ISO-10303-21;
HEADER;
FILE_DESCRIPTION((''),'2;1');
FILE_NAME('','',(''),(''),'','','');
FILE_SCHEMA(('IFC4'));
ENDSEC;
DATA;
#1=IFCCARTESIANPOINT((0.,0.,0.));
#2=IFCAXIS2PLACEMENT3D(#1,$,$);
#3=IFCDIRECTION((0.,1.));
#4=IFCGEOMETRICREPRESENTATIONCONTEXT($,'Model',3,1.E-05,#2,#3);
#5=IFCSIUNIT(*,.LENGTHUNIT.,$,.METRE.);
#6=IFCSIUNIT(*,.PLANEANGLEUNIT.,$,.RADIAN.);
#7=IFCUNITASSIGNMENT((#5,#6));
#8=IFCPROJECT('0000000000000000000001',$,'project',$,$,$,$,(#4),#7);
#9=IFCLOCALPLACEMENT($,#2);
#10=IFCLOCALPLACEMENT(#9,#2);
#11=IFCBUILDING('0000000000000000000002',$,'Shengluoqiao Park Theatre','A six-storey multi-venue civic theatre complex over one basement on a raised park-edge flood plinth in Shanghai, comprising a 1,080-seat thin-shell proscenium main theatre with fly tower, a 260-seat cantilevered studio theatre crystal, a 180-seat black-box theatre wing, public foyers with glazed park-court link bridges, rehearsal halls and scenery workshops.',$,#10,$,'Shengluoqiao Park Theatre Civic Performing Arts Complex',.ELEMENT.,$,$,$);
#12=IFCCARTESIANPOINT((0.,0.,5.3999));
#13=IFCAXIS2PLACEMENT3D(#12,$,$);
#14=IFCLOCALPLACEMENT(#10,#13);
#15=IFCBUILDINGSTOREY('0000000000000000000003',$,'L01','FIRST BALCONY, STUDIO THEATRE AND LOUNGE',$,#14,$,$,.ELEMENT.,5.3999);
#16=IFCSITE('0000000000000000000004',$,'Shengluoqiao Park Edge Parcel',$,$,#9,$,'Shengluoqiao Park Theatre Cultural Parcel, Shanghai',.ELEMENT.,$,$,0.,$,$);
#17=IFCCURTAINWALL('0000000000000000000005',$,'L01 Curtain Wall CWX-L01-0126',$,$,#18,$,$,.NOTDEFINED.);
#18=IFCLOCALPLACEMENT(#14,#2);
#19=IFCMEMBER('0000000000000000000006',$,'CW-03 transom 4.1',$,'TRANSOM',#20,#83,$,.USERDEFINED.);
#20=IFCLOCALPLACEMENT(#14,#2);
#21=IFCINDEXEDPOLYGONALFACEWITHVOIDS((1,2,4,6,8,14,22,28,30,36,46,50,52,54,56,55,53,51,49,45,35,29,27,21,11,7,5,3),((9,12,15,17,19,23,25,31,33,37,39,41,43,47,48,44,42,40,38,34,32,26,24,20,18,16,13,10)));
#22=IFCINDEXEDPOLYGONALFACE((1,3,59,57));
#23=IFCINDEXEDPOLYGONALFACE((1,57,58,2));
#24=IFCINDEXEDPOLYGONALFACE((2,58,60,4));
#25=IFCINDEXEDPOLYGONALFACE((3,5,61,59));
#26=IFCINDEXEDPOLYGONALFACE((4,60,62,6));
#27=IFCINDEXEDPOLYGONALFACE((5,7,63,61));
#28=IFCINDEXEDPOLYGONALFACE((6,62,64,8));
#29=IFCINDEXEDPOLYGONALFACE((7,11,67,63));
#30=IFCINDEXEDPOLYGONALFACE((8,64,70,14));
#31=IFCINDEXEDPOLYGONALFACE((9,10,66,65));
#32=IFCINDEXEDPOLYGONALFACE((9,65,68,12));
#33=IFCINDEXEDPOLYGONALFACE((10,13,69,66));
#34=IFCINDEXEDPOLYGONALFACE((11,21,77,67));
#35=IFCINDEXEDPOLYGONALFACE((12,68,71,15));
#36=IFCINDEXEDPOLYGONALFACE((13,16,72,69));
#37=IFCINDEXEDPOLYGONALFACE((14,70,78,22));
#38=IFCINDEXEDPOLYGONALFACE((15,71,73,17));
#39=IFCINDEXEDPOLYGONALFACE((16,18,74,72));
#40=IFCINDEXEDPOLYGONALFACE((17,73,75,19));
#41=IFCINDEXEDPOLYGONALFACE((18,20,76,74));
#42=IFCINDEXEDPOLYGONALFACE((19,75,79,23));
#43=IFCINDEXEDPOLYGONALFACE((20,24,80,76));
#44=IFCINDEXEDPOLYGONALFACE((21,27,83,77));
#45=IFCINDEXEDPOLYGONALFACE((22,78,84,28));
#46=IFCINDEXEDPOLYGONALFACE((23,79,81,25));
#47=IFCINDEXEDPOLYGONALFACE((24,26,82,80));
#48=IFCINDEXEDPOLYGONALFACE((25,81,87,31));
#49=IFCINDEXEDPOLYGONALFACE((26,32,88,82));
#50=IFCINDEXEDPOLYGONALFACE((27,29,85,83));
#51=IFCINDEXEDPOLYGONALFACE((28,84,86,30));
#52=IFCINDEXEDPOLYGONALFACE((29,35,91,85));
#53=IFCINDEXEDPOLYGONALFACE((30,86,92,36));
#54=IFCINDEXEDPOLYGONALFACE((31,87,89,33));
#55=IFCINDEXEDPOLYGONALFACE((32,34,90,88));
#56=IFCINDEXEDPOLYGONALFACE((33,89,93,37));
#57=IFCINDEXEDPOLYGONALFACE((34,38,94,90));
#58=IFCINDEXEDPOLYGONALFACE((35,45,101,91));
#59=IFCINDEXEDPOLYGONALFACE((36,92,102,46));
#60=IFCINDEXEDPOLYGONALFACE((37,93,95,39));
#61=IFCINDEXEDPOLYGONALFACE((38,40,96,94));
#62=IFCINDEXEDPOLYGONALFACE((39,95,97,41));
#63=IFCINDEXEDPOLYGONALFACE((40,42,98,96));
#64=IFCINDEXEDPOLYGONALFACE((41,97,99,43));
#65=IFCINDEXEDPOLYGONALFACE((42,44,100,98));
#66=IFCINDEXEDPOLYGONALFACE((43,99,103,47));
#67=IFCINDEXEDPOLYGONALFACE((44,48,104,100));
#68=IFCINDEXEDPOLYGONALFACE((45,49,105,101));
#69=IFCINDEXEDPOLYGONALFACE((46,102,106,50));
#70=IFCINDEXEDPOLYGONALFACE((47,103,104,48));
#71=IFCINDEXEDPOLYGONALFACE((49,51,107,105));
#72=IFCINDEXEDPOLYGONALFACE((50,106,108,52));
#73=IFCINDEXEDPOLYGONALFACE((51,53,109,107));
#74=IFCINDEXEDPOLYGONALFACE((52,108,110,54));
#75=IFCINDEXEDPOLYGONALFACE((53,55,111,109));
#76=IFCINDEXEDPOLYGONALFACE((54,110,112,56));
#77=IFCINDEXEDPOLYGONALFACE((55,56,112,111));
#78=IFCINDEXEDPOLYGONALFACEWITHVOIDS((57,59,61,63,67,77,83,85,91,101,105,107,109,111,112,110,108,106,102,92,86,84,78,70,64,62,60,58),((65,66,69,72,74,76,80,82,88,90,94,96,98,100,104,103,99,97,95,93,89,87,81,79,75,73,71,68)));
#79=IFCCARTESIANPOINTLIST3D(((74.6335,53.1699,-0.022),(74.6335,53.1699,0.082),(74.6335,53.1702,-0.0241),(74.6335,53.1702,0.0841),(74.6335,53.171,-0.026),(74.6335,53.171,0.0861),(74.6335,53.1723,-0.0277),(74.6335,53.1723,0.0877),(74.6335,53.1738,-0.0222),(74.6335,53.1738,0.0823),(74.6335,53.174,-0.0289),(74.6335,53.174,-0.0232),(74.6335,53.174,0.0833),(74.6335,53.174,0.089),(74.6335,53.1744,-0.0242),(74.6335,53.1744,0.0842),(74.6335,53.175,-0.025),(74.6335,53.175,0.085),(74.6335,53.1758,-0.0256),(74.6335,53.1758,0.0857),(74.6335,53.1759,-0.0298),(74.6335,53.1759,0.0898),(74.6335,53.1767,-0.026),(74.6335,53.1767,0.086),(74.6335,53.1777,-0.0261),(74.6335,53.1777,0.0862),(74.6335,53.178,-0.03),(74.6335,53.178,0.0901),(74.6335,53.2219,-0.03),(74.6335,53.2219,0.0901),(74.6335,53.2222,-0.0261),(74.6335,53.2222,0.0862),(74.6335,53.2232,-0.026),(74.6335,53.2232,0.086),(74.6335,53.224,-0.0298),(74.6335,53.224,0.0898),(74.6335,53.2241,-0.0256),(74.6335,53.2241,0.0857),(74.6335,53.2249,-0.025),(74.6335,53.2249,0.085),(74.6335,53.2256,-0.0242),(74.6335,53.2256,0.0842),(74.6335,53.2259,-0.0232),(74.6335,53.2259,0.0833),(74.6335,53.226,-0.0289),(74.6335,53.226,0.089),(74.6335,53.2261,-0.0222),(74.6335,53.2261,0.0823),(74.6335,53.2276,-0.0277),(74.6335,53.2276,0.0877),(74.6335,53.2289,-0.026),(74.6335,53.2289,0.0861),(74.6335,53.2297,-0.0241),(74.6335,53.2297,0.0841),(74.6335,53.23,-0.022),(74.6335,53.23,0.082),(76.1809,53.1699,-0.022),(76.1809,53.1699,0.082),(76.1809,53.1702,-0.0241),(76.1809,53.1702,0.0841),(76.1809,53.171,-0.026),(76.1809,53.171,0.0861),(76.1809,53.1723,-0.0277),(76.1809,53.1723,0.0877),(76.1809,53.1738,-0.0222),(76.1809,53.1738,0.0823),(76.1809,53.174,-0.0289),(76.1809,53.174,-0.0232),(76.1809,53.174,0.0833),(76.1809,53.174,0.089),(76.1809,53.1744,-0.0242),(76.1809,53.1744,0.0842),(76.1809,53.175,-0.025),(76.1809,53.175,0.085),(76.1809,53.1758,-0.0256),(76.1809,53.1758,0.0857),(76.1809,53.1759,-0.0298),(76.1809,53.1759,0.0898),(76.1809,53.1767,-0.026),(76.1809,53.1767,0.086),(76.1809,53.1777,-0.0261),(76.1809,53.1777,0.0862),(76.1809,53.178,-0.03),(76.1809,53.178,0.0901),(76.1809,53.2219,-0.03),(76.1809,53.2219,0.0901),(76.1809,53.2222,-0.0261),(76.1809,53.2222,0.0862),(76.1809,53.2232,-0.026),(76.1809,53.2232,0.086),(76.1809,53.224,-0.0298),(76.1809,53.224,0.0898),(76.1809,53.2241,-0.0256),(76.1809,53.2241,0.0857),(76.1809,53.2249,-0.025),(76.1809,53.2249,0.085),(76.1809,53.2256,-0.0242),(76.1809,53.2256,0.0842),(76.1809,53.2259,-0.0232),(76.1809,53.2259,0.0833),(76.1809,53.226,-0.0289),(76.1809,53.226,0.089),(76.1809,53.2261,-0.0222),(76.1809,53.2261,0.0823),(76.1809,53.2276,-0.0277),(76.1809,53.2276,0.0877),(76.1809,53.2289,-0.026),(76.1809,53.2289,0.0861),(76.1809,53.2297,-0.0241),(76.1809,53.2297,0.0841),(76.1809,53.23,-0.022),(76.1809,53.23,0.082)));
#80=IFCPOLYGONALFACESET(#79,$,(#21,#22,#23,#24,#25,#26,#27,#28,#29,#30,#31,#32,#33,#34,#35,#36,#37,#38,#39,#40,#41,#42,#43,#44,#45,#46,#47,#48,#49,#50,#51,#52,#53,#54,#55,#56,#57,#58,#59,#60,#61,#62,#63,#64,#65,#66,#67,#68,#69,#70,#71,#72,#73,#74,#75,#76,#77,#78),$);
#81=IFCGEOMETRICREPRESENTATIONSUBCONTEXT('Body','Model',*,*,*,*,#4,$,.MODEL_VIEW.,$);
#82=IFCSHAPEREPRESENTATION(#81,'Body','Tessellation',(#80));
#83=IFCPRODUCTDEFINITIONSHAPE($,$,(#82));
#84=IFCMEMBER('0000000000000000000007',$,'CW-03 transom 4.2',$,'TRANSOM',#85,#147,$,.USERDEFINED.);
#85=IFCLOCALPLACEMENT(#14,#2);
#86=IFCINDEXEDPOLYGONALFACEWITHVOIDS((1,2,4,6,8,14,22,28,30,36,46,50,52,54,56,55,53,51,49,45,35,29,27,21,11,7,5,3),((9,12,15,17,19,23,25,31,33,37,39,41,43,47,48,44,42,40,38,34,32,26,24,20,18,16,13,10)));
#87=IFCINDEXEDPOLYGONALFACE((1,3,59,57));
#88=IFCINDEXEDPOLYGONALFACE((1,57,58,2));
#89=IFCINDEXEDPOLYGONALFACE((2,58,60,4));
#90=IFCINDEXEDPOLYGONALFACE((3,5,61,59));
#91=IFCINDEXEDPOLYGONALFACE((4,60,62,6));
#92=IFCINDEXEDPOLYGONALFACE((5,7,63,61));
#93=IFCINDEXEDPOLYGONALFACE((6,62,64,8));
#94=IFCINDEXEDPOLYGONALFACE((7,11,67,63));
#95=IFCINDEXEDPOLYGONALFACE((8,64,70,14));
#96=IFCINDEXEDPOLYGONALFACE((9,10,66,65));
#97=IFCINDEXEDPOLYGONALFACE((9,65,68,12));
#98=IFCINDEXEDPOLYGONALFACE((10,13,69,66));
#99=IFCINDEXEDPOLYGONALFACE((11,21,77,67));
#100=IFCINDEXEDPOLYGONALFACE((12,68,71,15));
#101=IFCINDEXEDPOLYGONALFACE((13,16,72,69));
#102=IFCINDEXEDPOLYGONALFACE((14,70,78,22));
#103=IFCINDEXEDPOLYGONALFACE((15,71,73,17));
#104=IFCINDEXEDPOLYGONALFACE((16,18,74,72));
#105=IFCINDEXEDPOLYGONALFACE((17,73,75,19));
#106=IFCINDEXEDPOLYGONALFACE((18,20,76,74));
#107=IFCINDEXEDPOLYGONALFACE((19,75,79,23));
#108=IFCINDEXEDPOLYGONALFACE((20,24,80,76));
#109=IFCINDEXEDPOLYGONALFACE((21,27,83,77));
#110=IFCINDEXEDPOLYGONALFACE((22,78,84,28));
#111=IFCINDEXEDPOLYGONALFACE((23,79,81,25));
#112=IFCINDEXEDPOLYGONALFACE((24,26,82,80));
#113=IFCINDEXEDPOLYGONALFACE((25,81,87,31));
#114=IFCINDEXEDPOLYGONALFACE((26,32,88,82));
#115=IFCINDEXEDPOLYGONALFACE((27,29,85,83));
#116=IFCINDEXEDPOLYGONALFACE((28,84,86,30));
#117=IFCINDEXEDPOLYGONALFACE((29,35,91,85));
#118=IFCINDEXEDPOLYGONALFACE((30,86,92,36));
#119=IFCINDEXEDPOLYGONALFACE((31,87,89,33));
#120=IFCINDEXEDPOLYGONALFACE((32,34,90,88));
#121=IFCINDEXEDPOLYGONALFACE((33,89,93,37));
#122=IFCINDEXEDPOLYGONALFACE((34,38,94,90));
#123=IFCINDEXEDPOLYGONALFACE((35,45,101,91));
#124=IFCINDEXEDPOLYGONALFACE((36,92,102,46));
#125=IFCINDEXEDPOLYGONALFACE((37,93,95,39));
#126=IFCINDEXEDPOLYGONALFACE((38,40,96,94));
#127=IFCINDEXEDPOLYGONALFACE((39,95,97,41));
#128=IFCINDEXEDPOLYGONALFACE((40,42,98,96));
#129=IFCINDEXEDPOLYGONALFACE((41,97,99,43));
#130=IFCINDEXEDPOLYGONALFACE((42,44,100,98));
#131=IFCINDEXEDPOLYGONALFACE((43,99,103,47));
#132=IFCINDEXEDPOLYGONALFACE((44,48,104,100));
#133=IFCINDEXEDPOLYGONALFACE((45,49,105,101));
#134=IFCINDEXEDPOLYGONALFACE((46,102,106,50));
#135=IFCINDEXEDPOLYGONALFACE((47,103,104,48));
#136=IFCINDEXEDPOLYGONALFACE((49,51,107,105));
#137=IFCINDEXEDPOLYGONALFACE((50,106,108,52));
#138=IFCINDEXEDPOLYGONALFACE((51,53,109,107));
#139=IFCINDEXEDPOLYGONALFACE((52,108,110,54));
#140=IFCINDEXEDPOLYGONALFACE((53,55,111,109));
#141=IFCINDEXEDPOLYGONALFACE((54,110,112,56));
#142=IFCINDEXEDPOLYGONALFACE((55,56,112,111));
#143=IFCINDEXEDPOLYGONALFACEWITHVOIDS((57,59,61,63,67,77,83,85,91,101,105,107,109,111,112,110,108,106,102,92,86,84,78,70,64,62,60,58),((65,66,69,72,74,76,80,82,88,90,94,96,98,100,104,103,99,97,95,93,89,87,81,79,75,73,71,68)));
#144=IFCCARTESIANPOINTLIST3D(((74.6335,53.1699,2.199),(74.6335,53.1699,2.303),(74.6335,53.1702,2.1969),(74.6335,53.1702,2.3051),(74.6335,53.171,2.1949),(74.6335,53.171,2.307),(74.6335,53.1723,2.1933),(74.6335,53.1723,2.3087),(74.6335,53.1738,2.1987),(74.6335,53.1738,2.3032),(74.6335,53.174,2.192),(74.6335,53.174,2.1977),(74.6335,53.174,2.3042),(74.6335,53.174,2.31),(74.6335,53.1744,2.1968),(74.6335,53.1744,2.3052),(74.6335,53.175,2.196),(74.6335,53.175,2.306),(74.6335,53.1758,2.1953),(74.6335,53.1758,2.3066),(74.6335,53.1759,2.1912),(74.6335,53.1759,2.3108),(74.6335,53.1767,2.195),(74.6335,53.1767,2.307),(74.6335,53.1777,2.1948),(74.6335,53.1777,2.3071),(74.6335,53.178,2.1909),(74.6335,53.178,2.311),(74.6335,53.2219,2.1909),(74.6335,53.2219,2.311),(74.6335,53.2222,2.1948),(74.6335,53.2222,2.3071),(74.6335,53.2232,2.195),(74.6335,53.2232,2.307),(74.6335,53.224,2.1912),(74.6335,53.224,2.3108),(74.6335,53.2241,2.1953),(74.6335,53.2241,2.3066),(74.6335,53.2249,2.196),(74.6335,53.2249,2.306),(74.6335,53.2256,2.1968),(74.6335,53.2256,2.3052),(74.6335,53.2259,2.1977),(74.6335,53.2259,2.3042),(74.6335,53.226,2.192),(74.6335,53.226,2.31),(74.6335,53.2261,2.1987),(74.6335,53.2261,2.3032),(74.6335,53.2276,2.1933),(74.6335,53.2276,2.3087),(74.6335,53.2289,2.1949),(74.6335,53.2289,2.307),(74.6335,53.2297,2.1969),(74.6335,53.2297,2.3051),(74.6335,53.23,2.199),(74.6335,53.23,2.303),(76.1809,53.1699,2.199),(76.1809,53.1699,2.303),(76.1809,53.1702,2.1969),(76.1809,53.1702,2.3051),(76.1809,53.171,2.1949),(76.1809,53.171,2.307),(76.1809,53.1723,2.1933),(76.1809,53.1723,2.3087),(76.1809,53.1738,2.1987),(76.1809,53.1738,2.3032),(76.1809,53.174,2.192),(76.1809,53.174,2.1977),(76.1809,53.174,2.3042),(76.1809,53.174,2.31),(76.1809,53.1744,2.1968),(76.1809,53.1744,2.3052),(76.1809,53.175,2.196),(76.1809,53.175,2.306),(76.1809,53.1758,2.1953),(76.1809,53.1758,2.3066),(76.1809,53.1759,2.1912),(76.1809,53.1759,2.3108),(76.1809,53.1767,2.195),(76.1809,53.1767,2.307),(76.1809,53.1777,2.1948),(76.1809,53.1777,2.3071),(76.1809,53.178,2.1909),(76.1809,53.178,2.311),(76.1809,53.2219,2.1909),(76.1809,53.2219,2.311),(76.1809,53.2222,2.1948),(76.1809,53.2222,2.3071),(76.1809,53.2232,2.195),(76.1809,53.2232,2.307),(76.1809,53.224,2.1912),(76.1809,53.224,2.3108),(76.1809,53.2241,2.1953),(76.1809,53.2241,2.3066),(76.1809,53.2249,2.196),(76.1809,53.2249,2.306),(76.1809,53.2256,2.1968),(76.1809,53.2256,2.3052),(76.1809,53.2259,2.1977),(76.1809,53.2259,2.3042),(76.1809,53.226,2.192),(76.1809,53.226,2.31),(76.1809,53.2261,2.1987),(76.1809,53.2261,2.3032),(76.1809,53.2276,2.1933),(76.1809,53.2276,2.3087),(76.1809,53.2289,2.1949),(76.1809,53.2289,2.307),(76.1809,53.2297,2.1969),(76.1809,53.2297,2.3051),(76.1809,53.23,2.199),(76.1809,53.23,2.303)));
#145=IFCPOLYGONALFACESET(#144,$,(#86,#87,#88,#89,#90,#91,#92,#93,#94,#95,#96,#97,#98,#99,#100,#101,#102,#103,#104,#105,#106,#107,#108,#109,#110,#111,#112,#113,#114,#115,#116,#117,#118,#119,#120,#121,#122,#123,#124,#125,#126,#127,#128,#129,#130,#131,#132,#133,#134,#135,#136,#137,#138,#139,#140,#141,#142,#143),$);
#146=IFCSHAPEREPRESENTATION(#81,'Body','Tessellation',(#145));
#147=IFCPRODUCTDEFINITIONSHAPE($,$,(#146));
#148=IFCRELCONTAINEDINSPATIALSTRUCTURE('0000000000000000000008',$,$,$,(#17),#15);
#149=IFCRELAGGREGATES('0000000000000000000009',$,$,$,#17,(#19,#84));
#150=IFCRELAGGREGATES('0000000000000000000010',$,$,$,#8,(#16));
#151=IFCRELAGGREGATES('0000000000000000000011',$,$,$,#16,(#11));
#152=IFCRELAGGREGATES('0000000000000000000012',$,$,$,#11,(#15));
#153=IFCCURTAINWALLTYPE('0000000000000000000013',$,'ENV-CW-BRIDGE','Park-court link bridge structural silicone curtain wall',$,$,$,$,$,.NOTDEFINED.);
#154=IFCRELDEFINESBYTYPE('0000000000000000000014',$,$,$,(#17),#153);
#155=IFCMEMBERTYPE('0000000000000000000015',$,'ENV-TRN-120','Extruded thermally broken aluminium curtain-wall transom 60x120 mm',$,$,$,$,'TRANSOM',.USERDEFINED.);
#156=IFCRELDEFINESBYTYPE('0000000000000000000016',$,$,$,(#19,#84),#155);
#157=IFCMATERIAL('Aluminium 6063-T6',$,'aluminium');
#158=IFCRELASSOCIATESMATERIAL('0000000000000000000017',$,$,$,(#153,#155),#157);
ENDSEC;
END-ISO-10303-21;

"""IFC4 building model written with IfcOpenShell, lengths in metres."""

from ifc_helpers import new_model, si_unit, direction, frame, origin, origin_2d, place, context, subcontext, project, spatial, hollow_rectangle, extrude, material, material_profile, profile_set, type_object, element, aggregate, save


model = new_model("IFC4")

# Units and contexts
model_context = context("Model", 3, precision=1e-05, world=origin(), true_north=direction((0.0, 1.0)))
body_context = subcontext(model_context, "Body", "Model", "MODEL_VIEW")
ifc_project = project(units=[si_unit("LENGTHUNIT", "METRE"), si_unit("PLANEANGLEUNIT", "RADIAN")], contexts=[model_context])

# Site, building, storey
site_placement = place(None, origin())
site = spatial("IfcSite", under=ifc_project, at=site_placement, Name="Shengluoqiao Park Edge Parcel", LongName="Shengluoqiao Park Theatre Cultural Parcel, Shanghai", CompositionType="ELEMENT", RefElevation=0.0)
building_placement = place(site_placement, origin())
building = spatial("IfcBuilding", under=site, at=building_placement, Name="Shengluoqiao Park Theatre", Description="A six-storey multi-venue civic theatre complex over one basement on a raised park-edge flood plinth in Shanghai, comprising a 1,080-seat thin-shell proscenium main theatre with fly tower, a 260-seat cantilevered studio theatre crystal, a 180-seat black-box theatre wing, public foyers with glazed park-court link bridges, rehearsal halls and scenery workshops.", LongName="Shengluoqiao Park Theatre Civic Performing Arts Complex", CompositionType="ELEMENT")
storey_placement = place(building_placement, frame((0.0, 0.0, 5.3999)))
storey = spatial("IfcBuildingStorey", under=building, at=storey_placement, Name="L01", Description="FIRST BALCONY, STUDIO THEATRE AND LOUNGE", CompositionType="ELEMENT", Elevation=5.3999)

# Curtain wall
ifc_material_1 = material(Name="Aluminium 6063-T6", Category="aluminium")
curtain_wall_type = type_object("IfcCurtainWallType", Name="ENV-CW-BRIDGE", Description="Park-court link bridge structural silicone curtain wall", PredefinedType="NOTDEFINED", material=ifc_material_1)
curtain_wall_1_placement = place(storey_placement, origin())
curtain_wall_1 = element("IfcCurtainWall", 1, at=curtain_wall_1_placement, inside=storey, type_object=curtain_wall_type, Name="L01 Curtain Wall CWX-L01-0126", PredefinedType="NOTDEFINED")

# Members
ifc_material_profile_1 = material_profile(ifc_material_1, hollow_rectangle(XDim=0.0601, YDim=0.1201, WallThickness=0.0039, InnerFilletRadius=0.0039, OuterFilletRadius=0.0081, at=origin_2d()), Name="ALU TRANSOM 120x60x4")
ifc_profile_set_1 = profile_set([ifc_material_profile_1], Name="Aluminium 6063-T6")
member_type_1 = type_object("IfcMemberType", Name="ENV-TRN-120", Description="Extruded thermally broken aluminium curtain-wall transom 60x120 mm", ElementType="TRANSOM", PredefinedType="USERDEFINED", material=ifc_profile_set_1)
member_1_placement = place(storey_placement, frame((74.6335, 53.2, 0.03), z_axis=(1.0, 0.0, 0.0), x_axis=(0.0, 1.0, 0.0)))
member_1 = element("IfcMember", 2, at=member_1_placement, type_object=member_type_1, Name="CW-03 transom 4.1", ObjectType="TRANSOM", PredefinedType="USERDEFINED", context=body_context, shape_type="SweptSolid", body=[
    extrude(hollow_rectangle(XDim=0.0601, YDim=0.1201, WallThickness=0.0039, InnerFilletRadius=0.0039, OuterFilletRadius=0.0081, at=origin_2d()), origin(), (0.0, 0.0, 1.0), 1.5474),
])
member_2_placement = place(storey_placement, frame((74.6335, 53.2, 2.251), z_axis=(1.0, 0.0, 0.0), x_axis=(0.0, 1.0, 0.0)))
member_2 = element("IfcMember", 3, at=member_2_placement, type_object=member_type_1, Name="CW-03 transom 4.2", ObjectType="TRANSOM", PredefinedType="USERDEFINED", context=body_context, shape_type="SweptSolid", body=[
    extrude(hollow_rectangle(XDim=0.0601, YDim=0.1201, WallThickness=0.0039, InnerFilletRadius=0.0039, OuterFilletRadius=0.0081, at=origin_2d()), origin(), (0.0, 0.0, 1.0), 1.5474),
])

aggregate(curtain_wall_1, [member_1, member_2])

save(model, "model.ifc")
